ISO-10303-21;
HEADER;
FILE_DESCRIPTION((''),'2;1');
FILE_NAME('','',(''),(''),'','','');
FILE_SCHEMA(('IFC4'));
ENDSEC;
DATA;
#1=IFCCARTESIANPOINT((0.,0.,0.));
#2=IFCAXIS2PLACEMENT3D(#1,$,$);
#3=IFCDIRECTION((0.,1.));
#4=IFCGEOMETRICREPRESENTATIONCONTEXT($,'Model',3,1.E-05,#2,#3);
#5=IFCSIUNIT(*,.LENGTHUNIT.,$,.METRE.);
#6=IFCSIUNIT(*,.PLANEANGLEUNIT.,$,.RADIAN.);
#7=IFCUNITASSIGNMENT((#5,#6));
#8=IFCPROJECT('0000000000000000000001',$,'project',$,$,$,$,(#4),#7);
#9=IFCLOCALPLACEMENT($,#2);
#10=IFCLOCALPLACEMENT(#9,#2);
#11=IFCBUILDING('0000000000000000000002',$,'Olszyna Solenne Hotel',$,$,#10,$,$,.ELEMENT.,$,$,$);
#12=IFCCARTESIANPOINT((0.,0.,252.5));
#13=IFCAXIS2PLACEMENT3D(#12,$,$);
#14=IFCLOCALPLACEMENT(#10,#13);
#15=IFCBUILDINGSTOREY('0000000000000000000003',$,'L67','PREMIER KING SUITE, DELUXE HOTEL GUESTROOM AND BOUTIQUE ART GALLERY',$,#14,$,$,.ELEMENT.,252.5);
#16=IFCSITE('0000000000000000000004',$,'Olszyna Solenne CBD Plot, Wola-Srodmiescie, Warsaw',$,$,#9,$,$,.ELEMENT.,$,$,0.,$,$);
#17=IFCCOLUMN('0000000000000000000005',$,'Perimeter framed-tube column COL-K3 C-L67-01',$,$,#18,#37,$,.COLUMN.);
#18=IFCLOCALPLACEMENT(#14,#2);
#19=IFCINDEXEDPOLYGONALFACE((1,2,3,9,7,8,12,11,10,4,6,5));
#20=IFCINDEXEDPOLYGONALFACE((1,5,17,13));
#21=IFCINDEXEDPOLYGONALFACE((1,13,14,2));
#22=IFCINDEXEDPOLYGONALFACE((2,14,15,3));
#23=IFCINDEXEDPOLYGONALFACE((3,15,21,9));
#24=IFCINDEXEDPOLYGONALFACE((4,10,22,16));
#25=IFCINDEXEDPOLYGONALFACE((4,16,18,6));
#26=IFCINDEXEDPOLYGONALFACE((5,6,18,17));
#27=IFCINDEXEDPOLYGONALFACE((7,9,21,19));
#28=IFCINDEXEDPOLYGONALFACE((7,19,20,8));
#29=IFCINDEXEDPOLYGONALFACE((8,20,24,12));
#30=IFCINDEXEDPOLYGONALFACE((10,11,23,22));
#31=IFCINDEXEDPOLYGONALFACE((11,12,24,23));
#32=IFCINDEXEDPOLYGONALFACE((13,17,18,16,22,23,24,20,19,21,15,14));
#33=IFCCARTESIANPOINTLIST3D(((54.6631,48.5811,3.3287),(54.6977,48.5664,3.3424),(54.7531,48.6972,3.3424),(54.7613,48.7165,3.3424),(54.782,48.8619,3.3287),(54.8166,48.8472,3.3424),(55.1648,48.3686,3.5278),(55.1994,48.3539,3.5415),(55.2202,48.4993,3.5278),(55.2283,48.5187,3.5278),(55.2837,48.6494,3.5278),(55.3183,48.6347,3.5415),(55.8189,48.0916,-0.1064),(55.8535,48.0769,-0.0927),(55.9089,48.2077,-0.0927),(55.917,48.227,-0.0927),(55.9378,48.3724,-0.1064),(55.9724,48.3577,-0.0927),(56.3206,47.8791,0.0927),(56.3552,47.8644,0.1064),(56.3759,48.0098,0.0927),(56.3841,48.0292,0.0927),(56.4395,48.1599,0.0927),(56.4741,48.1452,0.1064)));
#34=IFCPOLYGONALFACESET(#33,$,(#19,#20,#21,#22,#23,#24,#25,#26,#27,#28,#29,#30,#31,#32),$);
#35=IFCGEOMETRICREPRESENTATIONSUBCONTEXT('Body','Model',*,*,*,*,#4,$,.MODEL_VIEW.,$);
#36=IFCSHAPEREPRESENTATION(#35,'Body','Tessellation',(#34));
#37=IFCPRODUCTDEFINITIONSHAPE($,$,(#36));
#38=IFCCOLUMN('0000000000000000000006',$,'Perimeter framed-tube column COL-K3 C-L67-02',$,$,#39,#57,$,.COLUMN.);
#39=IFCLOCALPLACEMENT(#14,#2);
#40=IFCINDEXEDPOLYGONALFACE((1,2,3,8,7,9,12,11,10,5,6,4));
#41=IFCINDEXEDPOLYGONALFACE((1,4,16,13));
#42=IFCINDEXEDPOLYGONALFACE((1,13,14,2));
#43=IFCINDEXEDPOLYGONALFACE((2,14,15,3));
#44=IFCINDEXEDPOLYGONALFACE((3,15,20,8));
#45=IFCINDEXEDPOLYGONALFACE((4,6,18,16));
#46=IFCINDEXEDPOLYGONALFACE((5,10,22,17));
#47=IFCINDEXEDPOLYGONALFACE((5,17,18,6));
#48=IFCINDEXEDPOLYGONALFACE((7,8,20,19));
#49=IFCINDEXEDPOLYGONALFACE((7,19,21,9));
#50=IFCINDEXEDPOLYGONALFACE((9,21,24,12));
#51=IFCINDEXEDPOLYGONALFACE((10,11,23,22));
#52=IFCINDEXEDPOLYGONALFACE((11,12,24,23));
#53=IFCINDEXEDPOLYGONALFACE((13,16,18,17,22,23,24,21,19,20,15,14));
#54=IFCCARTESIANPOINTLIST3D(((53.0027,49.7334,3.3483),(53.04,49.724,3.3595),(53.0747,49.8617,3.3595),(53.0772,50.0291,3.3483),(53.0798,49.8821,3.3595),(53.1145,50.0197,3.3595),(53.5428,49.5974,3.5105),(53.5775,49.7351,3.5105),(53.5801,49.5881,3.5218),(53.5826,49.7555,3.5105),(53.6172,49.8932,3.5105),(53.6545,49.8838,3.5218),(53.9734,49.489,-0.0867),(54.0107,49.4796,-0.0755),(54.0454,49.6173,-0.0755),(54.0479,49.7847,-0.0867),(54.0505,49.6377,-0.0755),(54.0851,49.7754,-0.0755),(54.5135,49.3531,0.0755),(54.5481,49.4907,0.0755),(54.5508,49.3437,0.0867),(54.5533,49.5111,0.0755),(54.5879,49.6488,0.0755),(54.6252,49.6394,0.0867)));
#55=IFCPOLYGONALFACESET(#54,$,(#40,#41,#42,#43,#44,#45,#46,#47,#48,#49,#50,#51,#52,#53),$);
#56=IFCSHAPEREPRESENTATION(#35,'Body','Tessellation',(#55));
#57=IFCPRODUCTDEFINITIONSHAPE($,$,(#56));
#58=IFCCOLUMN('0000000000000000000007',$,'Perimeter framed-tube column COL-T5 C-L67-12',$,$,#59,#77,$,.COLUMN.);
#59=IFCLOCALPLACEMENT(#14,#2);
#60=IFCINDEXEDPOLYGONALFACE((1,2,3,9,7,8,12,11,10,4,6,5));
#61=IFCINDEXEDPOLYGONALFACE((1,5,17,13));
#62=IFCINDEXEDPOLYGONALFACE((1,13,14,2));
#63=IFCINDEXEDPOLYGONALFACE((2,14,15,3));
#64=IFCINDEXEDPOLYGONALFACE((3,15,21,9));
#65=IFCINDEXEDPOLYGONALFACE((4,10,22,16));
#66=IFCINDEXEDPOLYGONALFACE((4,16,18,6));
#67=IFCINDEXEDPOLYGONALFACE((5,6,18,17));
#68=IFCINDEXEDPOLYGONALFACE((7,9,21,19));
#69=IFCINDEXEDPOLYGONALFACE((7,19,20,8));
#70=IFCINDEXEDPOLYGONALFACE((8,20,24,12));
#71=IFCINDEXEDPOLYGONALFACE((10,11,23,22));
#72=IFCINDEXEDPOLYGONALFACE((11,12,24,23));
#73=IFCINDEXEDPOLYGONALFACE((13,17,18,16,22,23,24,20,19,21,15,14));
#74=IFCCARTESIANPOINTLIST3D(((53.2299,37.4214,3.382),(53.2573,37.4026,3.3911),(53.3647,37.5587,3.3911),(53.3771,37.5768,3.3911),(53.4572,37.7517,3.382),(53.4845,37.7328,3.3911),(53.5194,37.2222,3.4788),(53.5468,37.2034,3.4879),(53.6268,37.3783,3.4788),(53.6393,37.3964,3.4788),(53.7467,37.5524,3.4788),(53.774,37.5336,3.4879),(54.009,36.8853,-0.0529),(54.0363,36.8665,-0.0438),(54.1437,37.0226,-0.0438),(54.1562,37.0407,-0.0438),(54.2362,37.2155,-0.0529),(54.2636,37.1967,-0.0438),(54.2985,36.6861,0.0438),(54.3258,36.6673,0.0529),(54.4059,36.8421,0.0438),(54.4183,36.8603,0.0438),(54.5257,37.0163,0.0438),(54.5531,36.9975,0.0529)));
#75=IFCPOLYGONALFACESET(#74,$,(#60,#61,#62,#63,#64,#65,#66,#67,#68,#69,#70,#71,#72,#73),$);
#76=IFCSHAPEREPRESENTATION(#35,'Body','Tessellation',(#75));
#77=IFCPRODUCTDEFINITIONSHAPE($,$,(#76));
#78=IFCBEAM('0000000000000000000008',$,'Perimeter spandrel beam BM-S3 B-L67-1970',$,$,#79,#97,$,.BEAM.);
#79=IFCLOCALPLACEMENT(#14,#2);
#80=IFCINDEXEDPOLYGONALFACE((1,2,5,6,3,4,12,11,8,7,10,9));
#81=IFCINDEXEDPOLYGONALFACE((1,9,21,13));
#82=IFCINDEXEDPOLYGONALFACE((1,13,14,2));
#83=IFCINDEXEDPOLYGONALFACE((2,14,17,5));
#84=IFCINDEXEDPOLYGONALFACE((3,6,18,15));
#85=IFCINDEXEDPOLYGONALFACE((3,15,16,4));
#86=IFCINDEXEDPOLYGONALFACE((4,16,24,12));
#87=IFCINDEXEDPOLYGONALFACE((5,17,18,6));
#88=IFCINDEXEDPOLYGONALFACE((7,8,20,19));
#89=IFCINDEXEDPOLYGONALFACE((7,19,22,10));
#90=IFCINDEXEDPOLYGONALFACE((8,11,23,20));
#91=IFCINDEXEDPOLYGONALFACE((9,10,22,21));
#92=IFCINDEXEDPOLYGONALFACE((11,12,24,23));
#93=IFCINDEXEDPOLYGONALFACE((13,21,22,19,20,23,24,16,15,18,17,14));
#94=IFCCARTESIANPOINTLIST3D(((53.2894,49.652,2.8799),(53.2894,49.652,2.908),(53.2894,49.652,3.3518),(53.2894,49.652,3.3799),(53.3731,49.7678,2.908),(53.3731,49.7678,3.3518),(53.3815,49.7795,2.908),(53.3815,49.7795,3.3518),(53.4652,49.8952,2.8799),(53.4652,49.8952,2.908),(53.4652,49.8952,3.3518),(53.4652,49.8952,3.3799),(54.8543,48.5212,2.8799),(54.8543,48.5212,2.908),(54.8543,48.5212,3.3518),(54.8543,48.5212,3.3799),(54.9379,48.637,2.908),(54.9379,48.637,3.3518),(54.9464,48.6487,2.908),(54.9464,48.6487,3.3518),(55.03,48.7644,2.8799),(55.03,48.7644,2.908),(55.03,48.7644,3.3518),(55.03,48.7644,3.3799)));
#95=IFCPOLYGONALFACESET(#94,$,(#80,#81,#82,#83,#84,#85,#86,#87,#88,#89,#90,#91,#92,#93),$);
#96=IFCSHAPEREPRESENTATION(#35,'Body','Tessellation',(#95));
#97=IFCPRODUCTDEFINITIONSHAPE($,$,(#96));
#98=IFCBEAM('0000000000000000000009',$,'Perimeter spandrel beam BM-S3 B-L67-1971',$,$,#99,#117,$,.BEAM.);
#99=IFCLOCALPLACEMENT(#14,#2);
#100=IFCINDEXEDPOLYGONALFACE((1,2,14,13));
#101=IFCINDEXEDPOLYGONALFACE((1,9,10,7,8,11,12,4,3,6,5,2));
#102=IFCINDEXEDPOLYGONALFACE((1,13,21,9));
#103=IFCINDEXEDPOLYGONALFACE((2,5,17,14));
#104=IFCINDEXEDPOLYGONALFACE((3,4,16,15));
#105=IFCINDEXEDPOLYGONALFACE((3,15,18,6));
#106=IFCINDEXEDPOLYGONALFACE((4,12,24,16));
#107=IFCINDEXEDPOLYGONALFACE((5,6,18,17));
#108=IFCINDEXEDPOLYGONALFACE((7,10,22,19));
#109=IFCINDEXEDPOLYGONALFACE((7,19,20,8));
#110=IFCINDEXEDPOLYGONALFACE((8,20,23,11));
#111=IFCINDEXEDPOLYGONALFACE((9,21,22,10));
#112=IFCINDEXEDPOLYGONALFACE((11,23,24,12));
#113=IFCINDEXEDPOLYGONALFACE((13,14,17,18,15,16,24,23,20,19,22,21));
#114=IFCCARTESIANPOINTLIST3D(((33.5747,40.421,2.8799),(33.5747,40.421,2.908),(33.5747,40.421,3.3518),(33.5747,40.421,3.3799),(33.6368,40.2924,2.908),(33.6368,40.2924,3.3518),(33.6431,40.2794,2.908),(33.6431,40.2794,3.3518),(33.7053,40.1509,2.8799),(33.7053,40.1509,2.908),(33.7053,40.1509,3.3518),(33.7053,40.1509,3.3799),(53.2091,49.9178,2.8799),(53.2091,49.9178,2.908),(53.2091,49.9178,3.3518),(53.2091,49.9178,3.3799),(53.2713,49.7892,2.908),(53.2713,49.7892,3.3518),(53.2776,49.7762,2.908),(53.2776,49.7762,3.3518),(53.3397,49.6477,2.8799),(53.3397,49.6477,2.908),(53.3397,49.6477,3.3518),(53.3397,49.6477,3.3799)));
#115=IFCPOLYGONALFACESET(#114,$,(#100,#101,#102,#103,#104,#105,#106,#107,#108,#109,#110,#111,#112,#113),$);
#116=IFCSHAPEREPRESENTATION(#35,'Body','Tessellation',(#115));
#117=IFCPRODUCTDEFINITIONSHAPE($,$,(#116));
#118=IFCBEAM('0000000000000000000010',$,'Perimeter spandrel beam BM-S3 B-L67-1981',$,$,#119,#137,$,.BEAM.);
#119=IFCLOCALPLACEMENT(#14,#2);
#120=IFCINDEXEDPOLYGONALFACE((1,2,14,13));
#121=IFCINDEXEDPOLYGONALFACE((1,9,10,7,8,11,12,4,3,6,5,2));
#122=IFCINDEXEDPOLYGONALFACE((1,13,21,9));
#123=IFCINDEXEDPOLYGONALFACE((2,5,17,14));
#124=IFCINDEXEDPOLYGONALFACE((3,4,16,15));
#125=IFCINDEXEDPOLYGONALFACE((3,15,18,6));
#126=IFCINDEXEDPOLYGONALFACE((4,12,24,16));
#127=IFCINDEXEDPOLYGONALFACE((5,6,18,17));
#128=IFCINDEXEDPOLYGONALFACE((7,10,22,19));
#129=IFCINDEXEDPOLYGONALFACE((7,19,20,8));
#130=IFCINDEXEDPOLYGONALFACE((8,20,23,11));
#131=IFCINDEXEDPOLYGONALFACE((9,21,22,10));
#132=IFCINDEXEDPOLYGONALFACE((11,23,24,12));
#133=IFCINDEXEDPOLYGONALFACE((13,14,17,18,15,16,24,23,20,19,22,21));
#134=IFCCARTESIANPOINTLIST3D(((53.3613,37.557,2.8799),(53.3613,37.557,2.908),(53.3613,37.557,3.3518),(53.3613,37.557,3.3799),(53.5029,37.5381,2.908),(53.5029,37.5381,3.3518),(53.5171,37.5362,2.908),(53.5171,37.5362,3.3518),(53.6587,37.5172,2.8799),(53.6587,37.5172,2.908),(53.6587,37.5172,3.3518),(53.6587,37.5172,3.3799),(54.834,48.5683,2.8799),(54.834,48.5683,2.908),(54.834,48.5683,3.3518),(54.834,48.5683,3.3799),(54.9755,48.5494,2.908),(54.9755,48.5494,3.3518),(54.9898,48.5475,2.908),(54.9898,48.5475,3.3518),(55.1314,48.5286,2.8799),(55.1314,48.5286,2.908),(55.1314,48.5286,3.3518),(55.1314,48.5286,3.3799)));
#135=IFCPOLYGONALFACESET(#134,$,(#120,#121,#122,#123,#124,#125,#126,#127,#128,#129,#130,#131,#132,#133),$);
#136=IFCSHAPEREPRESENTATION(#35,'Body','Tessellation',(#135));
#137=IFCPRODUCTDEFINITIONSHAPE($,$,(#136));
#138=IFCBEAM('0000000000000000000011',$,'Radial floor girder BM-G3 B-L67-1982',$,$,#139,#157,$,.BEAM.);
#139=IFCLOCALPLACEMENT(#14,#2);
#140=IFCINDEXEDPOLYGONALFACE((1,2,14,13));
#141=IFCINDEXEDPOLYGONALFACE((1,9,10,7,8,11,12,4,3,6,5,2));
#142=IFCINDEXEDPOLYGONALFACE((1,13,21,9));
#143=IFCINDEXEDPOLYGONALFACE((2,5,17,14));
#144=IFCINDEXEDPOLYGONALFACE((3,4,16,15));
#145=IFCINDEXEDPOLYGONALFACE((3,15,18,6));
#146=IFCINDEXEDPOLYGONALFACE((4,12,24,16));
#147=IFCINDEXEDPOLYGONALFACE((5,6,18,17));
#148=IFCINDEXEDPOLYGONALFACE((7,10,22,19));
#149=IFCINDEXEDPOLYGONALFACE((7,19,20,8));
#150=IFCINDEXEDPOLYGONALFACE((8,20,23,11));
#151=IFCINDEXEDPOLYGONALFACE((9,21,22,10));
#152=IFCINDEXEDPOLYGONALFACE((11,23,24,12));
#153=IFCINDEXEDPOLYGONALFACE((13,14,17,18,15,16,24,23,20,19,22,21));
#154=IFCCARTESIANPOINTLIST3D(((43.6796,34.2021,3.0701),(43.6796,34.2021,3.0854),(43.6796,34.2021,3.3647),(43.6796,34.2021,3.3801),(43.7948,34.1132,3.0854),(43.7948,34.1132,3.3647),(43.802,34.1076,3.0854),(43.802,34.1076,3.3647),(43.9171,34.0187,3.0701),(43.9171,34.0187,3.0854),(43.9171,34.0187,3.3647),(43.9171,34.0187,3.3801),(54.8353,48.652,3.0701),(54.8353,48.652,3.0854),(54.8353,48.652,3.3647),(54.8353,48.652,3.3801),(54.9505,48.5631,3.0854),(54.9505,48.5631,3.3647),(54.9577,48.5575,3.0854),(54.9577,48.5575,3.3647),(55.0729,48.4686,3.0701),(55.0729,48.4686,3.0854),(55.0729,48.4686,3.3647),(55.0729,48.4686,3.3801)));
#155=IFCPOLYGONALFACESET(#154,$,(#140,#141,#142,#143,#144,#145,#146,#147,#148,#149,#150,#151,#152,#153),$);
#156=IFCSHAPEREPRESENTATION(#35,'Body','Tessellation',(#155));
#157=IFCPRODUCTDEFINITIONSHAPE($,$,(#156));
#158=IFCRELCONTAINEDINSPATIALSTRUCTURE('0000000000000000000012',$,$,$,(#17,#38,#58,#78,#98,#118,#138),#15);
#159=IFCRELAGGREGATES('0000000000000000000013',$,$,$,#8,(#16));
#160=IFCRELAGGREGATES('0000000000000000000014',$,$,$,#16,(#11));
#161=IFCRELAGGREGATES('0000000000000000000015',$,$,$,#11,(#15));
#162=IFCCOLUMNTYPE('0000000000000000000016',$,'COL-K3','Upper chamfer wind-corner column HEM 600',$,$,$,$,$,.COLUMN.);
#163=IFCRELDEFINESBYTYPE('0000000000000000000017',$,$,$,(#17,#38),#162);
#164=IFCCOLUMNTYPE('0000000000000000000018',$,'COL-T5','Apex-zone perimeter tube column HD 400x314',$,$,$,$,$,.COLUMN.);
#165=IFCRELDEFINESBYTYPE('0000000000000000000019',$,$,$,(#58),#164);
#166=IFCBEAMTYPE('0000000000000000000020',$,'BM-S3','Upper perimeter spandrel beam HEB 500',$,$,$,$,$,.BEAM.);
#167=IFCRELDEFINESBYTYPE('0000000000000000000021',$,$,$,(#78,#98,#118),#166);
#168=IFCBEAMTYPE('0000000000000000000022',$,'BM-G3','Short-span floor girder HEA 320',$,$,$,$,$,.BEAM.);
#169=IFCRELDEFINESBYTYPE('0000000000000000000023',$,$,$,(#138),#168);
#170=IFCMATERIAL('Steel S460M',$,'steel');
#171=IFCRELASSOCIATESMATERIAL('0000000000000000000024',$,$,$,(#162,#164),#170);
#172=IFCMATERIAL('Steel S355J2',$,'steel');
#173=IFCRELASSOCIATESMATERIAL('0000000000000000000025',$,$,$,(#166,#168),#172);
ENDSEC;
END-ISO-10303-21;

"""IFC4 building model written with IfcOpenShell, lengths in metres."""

from ifc_helpers import new_model, si_unit, direction, frame, origin, origin_2d, place, context, subcontext, project, spatial, i_section, extrude, source, transform, mapped, material, material_profile, profile_set, type_object, element, save


model = new_model("IFC4")

# Units and contexts
model_context = context("Model", 3, precision=1e-05, world=origin(), true_north=direction((0.0, 1.0)))
body_context = subcontext(model_context, "Body", "Model", "MODEL_VIEW")
ifc_project = project(units=[si_unit("LENGTHUNIT", "METRE"), si_unit("PLANEANGLEUNIT", "RADIAN")], contexts=[model_context])

# Site, building, storey
site_placement = place(None, origin())
site = spatial("IfcSite", under=ifc_project, at=site_placement, Name="Olszyna Solenne CBD Plot, Wola-Srodmiescie, Warsaw", CompositionType="ELEMENT", RefElevation=0.0)
building_placement = place(site_placement, origin())
building = spatial("IfcBuilding", under=site, at=building_placement, Name="Olszyna Solenne Hotel", CompositionType="ELEMENT")
storey_placement = place(building_placement, frame((0.0, 0.0, 252.5)))
storey = spatial("IfcBuildingStorey", under=building, at=storey_placement, Name="L67", Description="PREMIER KING SUITE, DELUXE HOTEL GUESTROOM AND BOUTIQUE ART GALLERY", CompositionType="ELEMENT", Elevation=252.5)

# Columns
ifc_material_1 = material(Name="Steel S460M", Category="steel")
ifc_material_profile_1 = material_profile(ifc_material_1, i_section(OverallWidth=0.3049, OverallDepth=0.6201, WebThickness=0.021, FlangeThickness=0.04, at=origin_2d()), Name="HEM 600", Category="load-bearing")
ifc_profile_set_1 = profile_set([ifc_material_profile_1], Name="Steel S460M")
column_type_1 = type_object("IfcColumnType", Name="COL-K3", Description="Upper chamfer wind-corner column HEM 600", PredefinedType="COLUMN", material=ifc_profile_set_1)
shared_shape_1 = source(origin(), body_context, "Body", "SweptSolid", [
    extrude(i_section(OverallWidth=0.3049, OverallDepth=0.6201, WebThickness=0.021, FlangeThickness=0.04, at=origin_2d()), origin(), (0.0, 0.0, 1.0), 3.6572),
])
column_1_placement = place(storey_placement, frame((56.1465, 48.1184, 0.0), z_axis=(-0.316025, 0.133847, 0.939262), x_axis=(-0.389995, -0.920817, 0.0)))
element("IfcColumn", 1, at=column_1_placement, inside=storey, type_object=column_type_1, Name="Perimeter framed-tube column COL-K3 C-L67-01", PredefinedType="COLUMN", context=body_context, shape_type="MappedRepresentation", body=[
    mapped(shared_shape_1, transform((0.0, 0.0, 0.0), x_axis=(1.0, 0.0, 0.0), y_axis=(0.0, 1.0, 0.0), z_axis=(0.0, 0.0, 1.0), scale=1.0)),
])
shared_shape_2 = source(origin(), body_context, "Body", "SweptSolid", [
    extrude(i_section(OverallWidth=0.3049, OverallDepth=0.6201, WebThickness=0.021, FlangeThickness=0.04, at=origin_2d()), origin(), (0.0, 0.0, 1.0), 3.5779),
])
column_2_placement = place(storey_placement, frame((54.2993, 49.5642, 0.0), z_axis=(-0.271303, 0.068303, 0.960067), x_axis=(-0.244142, -0.969739, 0.0)))
element("IfcColumn", 2, at=column_2_placement, inside=storey, type_object=column_type_1, Name="Perimeter framed-tube column COL-K3 C-L67-02", PredefinedType="COLUMN", context=body_context, shape_type="MappedRepresentation", body=[
    mapped(shared_shape_2, transform((0.0, 0.0, 0.0), x_axis=(1.0, 0.0, 0.0), y_axis=(0.0, 1.0, 0.0), z_axis=(0.0, 0.0, 1.0), scale=1.0)),
])
ifc_material_profile_2 = material_profile(ifc_material_1, i_section(OverallWidth=0.4009, OverallDepth=0.3989, WebThickness=0.022, FlangeThickness=0.0344, at=origin_2d()), Name="HD 400x314", Category="load-bearing")
ifc_profile_set_2 = profile_set([ifc_material_profile_2], Name="Steel S460M")
column_type_2 = type_object("IfcColumnType", Name="COL-T5", Description="Apex-zone perimeter tube column HD 400x314", PredefinedType="COLUMN", material=ifc_profile_set_2)
shared_shape_3 = source(origin(), body_context, "Body", "SweptSolid", [
    extrude(i_section(OverallWidth=0.4009, OverallDepth=0.3989, WebThickness=0.022, FlangeThickness=0.0344, at=origin_2d()), origin(), (0.0, 0.0, 1.0), 3.5627),
])
column_3_placement = place(storey_placement, frame((54.281, 36.9414, 0.0), z_axis=(-0.218659, 0.150478, 0.964129), x_axis=(-0.566912, -0.823778, 0.0)))
element("IfcColumn", 3, at=column_3_placement, inside=storey, type_object=column_type_2, Name="Perimeter framed-tube column COL-T5 C-L67-12", PredefinedType="COLUMN", context=body_context, shape_type="MappedRepresentation", body=[
    mapped(shared_shape_3, transform((0.0, 0.0, 0.0), x_axis=(1.0, 0.0, 0.0), y_axis=(0.0, 1.0, 0.0), z_axis=(0.0, 0.0, 1.0), scale=1.0)),
])

# Beams
ifc_material_2 = material(Name="Steel S355J2", Category="steel")
ifc_material_profile_3 = material_profile(ifc_material_2, i_section(OverallWidth=0.3, OverallDepth=0.5, WebThickness=0.0144, FlangeThickness=0.0281, at=origin_2d()), Name="HEB 500", Category="load-bearing")
ifc_profile_set_3 = profile_set([ifc_material_profile_3], Name="Steel S355J2")
beam_type_1 = type_object("IfcBeamType", Name="BM-S3", Description="Upper perimeter spandrel beam HEB 500", PredefinedType="BEAM", material=ifc_profile_set_3)
shared_shape_4 = source(origin(), body_context, "Body", "SweptSolid", [
    extrude(i_section(OverallWidth=0.3, OverallDepth=0.5, WebThickness=0.0144, FlangeThickness=0.0281, at=origin_2d()), origin(), (0.0, 0.0, 1.0), 1.9307),
])
beam_1_placement = place(storey_placement, frame((54.9421, 48.6428, 3.1299), z_axis=(-0.810526, 0.585703, 0.0), x_axis=(-0.585703, -0.810526, 0.0)))
element("IfcBeam", 4, at=beam_1_placement, inside=storey, type_object=beam_type_1, Name="Perimeter spandrel beam BM-S3 B-L67-1970", PredefinedType="BEAM", context=body_context, shape_type="MappedRepresentation", body=[
    mapped(shared_shape_4, transform((0.0, 0.0, 0.0), x_axis=(1.0, 0.0, 0.0), y_axis=(0.0, 1.0, 0.0), z_axis=(0.0, 0.0, 1.0), scale=1.0)),
])
shared_shape_5 = source(origin(), body_context, "Body", "SweptSolid", [
    extrude(i_section(OverallWidth=0.3, OverallDepth=0.5, WebThickness=0.0144, FlangeThickness=0.0281, at=origin_2d()), origin(), (0.0, 0.0, 1.0), 21.8105),
])
beam_2_placement = place(storey_placement, frame((53.2744, 49.7827, 3.1299), z_axis=(-0.900227, -0.435422, 0.0), x_axis=(0.435422, -0.900227, 0.0)))
element("IfcBeam", 5, at=beam_2_placement, inside=storey, type_object=beam_type_1, Name="Perimeter spandrel beam BM-S3 B-L67-1971", PredefinedType="BEAM", context=body_context, shape_type="MappedRepresentation", body=[
    mapped(shared_shape_5, transform((0.0, 0.0, 0.0), x_axis=(1.0, 0.0, 0.0), y_axis=(0.0, 1.0, 0.0), z_axis=(0.0, 0.0, 1.0), scale=1.0)),
])
shared_shape_6 = source(origin(), body_context, "Body", "SweptSolid", [
    extrude(i_section(OverallWidth=0.3, OverallDepth=0.5, WebThickness=0.0144, FlangeThickness=0.0281, at=origin_2d()), origin(), (0.0, 0.0, 1.0), 11.1094),
])
beam_3_placement = place(storey_placement, frame((53.51, 37.5371, 3.1299), z_axis=(0.132561, 0.991175, 0.0), x_axis=(-0.991175, 0.132561, 0.0)))
element("IfcBeam", 6, at=beam_3_placement, inside=storey, type_object=beam_type_1, Name="Perimeter spandrel beam BM-S3 B-L67-1981", PredefinedType="BEAM", context=body_context, shape_type="MappedRepresentation", body=[
    mapped(shared_shape_6, transform((0.0, 0.0, 0.0), x_axis=(1.0, 0.0, 0.0), y_axis=(0.0, 1.0, 0.0), z_axis=(0.0, 0.0, 1.0), scale=1.0)),
])
ifc_material_profile_4 = material_profile(ifc_material_2, i_section(OverallWidth=0.3, OverallDepth=0.3101, WebThickness=0.009, FlangeThickness=0.0154, at=origin_2d()), Name="HEA 320", Category="load-bearing")
ifc_profile_set_4 = profile_set([ifc_material_profile_4], Name="Steel S355J2")
beam_type_2 = type_object("IfcBeamType", Name="BM-G3", Description="Short-span floor girder HEA 320", PredefinedType="BEAM", material=ifc_profile_set_4)
shared_shape_7 = source(origin(), body_context, "Body", "SweptSolid", [
    extrude(i_section(OverallWidth=0.3, OverallDepth=0.3101, WebThickness=0.009, FlangeThickness=0.0154, at=origin_2d()), origin(), (0.0, 0.0, 1.0), 18.2551),
])
beam_4_placement = place(storey_placement, frame((54.9541, 48.5603, 3.2251), z_axis=(-0.611101, -0.791553, 0.0), x_axis=(0.791553, -0.611101, 0.0)))
element("IfcBeam", 7, at=beam_4_placement, inside=storey, type_object=beam_type_2, Name="Radial floor girder BM-G3 B-L67-1982", PredefinedType="BEAM", context=body_context, shape_type="MappedRepresentation", body=[
    mapped(shared_shape_7, transform((0.0, 0.0, 0.0), x_axis=(1.0, 0.0, 0.0), y_axis=(0.0, 1.0, 0.0), z_axis=(0.0, 0.0, 1.0), scale=1.0)),
])

save(model, "model.ifc")
